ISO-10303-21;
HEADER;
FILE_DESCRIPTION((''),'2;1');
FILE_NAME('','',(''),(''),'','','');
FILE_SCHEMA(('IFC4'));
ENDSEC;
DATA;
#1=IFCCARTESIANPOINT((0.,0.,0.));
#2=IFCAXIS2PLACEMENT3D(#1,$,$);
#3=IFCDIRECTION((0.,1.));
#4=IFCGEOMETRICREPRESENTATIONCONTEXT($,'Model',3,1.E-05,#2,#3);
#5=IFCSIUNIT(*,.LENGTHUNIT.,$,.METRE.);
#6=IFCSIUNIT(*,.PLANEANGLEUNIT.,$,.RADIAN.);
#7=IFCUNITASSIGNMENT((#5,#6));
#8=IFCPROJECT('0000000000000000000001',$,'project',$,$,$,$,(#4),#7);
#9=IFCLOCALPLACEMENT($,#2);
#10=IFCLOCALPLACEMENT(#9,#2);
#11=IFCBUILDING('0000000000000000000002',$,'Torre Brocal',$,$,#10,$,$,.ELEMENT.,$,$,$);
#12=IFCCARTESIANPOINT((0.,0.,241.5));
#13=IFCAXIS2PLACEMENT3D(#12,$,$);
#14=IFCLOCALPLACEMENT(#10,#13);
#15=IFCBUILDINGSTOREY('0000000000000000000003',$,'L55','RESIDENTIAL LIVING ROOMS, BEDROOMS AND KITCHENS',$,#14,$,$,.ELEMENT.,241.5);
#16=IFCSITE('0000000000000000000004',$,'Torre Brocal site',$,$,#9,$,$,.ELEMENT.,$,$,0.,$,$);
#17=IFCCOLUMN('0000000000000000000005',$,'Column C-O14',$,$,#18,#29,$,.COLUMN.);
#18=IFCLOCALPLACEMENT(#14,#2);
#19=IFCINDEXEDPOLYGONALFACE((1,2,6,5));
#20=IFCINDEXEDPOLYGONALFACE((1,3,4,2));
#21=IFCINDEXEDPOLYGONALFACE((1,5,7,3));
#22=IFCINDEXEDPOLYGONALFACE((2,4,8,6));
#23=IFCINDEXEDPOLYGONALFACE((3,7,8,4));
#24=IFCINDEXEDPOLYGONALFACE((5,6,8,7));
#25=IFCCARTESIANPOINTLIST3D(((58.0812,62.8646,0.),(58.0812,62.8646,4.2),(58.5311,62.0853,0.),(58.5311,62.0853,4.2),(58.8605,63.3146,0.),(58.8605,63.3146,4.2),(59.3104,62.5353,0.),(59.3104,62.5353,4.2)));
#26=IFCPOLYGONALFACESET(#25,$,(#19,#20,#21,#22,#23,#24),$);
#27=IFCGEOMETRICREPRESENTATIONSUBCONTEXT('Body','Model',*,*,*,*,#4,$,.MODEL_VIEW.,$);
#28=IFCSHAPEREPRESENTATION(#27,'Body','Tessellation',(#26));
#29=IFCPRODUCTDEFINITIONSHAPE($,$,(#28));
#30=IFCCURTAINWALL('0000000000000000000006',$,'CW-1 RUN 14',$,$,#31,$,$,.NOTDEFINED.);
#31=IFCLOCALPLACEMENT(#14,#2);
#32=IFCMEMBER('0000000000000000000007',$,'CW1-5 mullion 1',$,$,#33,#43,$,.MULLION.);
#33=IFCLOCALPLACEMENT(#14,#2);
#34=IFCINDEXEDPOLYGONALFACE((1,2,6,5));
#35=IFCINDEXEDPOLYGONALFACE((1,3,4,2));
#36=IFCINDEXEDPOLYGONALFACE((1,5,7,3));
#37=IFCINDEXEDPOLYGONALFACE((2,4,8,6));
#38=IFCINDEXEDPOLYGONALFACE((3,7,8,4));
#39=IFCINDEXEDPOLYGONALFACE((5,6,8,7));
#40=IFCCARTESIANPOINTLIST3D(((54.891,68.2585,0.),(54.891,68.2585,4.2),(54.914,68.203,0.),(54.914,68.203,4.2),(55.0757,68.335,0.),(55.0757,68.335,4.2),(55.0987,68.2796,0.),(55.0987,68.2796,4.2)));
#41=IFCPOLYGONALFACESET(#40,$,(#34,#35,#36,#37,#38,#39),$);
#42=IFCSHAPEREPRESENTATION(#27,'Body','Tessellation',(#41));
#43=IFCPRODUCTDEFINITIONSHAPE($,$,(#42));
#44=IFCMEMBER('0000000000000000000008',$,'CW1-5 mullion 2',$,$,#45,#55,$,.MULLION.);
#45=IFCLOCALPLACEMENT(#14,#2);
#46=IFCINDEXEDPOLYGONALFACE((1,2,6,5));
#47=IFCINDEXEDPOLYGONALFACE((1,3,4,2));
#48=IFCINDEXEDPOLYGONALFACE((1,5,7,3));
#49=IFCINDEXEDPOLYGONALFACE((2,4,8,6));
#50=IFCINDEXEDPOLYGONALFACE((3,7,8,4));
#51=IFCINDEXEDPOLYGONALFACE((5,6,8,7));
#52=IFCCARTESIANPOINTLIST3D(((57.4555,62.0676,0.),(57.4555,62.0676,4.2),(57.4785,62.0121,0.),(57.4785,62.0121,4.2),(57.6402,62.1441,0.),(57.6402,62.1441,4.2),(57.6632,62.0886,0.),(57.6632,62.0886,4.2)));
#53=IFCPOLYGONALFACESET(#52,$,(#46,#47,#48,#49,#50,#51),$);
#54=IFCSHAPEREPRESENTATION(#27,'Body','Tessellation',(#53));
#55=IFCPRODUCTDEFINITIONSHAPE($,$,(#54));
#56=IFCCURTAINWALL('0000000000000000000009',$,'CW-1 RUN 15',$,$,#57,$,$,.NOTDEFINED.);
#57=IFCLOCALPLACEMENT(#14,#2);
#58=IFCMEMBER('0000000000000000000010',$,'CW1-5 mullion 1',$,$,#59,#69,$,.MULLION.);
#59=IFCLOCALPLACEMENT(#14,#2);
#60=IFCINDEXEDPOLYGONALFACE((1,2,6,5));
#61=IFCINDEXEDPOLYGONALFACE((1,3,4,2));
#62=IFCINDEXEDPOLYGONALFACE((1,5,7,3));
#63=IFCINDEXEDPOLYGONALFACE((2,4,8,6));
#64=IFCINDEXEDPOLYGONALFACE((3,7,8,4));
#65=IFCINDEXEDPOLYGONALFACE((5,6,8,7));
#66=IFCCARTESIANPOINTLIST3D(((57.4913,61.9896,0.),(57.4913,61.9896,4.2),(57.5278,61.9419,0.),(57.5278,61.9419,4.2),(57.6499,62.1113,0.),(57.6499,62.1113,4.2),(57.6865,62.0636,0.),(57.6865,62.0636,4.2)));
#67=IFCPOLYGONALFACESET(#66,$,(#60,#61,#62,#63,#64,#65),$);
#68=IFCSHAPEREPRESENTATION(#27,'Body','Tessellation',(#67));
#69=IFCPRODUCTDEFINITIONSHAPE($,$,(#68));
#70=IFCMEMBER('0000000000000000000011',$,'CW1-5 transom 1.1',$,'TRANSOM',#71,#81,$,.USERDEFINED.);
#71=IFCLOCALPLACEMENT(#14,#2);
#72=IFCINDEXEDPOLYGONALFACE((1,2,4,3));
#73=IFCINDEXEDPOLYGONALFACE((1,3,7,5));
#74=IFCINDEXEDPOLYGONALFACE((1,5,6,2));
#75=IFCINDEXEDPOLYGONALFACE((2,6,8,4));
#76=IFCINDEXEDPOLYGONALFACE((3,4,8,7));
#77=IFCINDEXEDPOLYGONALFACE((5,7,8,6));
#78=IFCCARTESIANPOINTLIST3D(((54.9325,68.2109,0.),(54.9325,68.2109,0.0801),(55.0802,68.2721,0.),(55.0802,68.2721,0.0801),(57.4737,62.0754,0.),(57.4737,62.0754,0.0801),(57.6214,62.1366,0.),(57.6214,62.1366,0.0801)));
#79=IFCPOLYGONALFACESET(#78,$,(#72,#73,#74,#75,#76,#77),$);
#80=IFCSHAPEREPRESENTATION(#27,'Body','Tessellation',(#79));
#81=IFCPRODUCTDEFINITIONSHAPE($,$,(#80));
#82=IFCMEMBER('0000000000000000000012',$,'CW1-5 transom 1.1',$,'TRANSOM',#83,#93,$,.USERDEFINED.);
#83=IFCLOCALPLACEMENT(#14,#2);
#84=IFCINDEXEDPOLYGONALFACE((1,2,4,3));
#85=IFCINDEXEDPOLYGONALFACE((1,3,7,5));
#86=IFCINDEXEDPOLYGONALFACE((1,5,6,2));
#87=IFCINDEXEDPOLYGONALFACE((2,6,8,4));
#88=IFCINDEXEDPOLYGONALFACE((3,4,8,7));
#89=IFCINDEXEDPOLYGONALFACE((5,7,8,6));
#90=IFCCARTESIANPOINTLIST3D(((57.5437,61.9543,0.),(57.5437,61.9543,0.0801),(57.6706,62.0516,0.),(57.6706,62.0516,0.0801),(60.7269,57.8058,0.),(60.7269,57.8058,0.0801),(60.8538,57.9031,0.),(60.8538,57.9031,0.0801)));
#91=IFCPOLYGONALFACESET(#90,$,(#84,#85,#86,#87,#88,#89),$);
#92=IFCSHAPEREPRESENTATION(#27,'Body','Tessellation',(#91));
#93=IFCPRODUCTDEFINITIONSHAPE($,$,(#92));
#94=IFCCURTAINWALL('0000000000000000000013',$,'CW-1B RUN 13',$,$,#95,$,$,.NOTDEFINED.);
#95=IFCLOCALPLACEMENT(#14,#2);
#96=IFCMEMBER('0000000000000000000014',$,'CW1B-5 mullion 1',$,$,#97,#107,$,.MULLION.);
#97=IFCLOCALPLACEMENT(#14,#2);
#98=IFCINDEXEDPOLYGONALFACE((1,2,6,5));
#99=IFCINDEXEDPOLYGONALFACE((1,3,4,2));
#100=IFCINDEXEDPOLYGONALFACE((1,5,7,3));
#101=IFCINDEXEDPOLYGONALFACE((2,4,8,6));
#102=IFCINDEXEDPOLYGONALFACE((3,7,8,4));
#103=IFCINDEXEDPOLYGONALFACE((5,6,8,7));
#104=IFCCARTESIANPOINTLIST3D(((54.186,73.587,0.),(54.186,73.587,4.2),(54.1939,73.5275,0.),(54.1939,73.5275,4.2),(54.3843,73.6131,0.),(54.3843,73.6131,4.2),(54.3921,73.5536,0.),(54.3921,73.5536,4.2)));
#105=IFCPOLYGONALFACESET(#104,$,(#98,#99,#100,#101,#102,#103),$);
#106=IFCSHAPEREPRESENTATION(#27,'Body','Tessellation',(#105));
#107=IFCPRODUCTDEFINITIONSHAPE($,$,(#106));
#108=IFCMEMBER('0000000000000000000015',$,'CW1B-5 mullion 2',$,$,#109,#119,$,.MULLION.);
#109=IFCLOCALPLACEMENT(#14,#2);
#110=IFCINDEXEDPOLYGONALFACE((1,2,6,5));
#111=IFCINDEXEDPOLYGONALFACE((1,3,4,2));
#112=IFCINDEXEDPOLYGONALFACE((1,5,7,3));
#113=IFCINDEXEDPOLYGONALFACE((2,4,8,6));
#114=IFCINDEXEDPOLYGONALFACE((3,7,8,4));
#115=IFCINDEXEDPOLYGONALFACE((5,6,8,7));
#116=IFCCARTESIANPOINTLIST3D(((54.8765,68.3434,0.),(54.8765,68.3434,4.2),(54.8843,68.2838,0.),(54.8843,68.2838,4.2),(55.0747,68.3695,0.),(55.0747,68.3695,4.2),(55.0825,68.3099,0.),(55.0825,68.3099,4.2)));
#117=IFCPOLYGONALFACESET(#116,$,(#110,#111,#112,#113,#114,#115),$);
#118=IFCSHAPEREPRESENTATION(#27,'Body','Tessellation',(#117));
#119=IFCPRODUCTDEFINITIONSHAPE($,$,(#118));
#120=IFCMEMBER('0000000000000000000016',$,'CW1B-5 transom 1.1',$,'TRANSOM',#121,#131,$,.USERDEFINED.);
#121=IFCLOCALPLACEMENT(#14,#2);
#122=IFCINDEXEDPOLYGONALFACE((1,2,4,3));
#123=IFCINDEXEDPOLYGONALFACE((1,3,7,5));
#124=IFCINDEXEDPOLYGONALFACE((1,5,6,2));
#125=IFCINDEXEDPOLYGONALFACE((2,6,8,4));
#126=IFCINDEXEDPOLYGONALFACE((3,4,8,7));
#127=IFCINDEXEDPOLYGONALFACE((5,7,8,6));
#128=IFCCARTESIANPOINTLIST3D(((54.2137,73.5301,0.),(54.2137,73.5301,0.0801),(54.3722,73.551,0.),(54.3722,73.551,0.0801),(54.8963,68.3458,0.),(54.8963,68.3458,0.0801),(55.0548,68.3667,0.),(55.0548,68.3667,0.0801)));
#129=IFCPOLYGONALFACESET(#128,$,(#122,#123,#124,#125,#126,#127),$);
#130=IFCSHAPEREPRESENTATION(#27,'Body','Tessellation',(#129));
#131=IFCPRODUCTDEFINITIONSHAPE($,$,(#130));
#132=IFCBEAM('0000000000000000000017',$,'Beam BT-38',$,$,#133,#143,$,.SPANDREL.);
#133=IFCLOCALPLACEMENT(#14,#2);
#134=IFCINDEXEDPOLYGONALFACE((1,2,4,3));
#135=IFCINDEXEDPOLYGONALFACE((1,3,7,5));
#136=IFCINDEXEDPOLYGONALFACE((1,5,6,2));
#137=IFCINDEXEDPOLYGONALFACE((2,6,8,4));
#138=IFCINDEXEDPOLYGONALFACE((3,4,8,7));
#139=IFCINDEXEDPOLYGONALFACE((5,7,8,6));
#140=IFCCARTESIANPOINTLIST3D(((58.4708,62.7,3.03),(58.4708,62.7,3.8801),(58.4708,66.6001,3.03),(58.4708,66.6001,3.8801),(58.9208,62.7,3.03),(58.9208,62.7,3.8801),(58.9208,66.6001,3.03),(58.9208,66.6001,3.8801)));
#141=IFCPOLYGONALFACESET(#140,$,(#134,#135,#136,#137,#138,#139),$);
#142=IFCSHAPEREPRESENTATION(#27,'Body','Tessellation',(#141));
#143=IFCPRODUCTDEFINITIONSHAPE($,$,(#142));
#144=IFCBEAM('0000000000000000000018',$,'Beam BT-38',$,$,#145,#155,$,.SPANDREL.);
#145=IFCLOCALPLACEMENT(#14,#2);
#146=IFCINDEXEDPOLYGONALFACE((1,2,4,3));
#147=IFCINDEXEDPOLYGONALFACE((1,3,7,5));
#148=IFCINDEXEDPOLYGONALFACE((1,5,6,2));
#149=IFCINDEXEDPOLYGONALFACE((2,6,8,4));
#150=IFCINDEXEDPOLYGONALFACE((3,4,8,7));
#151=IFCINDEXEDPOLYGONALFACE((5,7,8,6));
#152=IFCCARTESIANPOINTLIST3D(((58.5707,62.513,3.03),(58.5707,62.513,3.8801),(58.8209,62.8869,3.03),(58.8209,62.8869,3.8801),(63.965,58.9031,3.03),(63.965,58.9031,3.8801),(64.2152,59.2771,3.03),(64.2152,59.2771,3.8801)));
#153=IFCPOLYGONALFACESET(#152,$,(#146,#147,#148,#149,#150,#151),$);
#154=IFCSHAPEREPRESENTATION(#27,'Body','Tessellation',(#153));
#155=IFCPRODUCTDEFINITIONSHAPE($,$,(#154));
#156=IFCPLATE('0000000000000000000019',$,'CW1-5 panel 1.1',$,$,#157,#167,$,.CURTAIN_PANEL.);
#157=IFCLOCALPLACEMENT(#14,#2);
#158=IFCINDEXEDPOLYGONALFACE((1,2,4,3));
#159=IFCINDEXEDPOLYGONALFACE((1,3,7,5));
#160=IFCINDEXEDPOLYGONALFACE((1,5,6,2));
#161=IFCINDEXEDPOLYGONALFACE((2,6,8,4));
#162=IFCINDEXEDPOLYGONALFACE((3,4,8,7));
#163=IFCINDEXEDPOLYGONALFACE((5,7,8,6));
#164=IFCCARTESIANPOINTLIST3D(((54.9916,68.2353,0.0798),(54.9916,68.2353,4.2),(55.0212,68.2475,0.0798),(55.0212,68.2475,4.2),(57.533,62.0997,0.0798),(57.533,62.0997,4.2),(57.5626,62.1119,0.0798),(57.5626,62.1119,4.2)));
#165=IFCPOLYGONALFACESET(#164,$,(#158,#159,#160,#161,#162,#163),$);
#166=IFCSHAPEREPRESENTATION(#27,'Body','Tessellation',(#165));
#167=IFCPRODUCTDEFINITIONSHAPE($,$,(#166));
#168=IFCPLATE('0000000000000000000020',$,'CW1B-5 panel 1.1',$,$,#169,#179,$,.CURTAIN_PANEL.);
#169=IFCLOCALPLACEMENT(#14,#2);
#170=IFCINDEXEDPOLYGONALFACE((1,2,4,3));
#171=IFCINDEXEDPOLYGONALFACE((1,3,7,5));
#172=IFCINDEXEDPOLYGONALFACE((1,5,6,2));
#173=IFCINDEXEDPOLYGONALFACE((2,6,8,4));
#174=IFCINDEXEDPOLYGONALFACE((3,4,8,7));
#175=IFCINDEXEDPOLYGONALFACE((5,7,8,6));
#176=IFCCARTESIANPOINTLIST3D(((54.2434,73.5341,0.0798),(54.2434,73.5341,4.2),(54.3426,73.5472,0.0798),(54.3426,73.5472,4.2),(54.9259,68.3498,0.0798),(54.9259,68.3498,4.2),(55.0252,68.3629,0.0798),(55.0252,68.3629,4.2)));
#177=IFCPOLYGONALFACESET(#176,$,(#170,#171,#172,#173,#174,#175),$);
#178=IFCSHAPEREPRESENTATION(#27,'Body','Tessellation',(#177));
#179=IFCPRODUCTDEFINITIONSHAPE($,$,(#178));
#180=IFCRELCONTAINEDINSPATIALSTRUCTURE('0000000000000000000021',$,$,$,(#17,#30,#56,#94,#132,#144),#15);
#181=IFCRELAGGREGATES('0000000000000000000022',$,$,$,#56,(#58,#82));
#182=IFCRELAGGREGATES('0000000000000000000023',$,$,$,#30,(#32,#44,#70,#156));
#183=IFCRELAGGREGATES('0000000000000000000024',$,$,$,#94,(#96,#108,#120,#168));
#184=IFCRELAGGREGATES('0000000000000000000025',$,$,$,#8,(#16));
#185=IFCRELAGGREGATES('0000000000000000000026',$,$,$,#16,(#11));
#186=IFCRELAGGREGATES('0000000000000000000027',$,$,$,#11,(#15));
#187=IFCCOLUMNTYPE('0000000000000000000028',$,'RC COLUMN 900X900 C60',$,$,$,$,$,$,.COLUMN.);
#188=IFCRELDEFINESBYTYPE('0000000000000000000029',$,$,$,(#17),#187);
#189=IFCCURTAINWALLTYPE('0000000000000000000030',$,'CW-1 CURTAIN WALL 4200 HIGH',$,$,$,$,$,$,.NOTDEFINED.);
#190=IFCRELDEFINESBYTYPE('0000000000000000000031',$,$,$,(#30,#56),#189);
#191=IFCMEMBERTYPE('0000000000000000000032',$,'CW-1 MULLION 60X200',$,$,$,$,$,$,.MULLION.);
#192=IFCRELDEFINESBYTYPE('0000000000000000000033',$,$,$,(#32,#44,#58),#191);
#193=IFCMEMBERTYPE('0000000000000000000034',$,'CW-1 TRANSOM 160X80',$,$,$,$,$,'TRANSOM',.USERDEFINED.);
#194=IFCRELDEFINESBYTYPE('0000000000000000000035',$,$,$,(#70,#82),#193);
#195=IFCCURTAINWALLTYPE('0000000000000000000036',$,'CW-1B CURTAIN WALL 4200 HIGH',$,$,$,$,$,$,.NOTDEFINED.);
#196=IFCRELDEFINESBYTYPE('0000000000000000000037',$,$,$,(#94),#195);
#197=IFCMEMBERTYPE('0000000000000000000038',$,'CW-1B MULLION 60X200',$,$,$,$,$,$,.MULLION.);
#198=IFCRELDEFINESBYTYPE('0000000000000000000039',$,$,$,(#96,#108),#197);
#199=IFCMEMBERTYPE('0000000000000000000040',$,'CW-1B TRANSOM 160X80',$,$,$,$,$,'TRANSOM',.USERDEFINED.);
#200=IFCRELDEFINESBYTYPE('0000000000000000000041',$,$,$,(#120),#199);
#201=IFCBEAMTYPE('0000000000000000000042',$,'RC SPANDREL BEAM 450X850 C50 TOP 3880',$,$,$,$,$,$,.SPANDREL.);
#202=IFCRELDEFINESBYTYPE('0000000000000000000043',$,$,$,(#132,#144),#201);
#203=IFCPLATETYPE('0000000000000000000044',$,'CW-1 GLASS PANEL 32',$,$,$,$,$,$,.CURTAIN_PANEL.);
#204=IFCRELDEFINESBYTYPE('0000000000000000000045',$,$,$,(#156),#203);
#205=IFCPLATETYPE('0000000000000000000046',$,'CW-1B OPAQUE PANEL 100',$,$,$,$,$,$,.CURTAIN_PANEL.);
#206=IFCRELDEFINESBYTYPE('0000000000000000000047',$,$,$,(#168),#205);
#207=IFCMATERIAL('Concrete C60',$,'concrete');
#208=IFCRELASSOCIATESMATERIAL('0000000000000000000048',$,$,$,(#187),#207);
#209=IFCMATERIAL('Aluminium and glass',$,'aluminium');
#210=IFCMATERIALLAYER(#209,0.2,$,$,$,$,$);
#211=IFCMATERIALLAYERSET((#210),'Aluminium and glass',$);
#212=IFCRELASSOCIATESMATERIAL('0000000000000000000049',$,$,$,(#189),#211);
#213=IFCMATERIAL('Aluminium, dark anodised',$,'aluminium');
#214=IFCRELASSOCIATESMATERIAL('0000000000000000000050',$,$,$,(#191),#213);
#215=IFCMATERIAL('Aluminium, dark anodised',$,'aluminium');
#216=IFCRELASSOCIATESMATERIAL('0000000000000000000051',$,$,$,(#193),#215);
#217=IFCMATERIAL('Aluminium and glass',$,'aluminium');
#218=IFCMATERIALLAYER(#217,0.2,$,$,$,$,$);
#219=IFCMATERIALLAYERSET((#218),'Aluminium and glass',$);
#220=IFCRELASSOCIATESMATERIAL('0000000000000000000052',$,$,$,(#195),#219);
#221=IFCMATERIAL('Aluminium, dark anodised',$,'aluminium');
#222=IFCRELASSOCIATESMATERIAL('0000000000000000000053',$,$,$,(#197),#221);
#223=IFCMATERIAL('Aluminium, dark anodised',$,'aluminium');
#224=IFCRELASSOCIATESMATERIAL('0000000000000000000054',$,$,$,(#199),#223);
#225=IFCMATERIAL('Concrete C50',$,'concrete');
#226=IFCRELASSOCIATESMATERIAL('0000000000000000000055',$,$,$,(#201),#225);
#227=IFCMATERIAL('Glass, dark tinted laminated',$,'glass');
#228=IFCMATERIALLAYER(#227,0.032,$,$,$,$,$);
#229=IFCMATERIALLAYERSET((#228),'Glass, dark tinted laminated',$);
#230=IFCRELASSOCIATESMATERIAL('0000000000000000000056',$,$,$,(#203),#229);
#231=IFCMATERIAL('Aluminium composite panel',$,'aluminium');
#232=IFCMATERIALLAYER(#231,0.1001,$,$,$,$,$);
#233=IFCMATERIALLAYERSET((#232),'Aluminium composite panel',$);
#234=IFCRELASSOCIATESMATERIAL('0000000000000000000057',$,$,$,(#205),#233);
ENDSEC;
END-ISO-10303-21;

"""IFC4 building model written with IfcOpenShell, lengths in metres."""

from ifc_helpers import new_model, si_unit, direction, frame, origin, origin_2d, place, context, subcontext, project, spatial, rectangle, extrude, material, layer, layer_set, material_profile, profile_set, type_object, element, aggregate, save


model = new_model("IFC4")

# Units and contexts
model_context = context("Model", 3, precision=1e-05, world=origin(), true_north=direction((0.0, 1.0)))
body_context = subcontext(model_context, "Body", "Model", "MODEL_VIEW")
ifc_project = project(units=[si_unit("LENGTHUNIT", "METRE"), si_unit("PLANEANGLEUNIT", "RADIAN")], contexts=[model_context])

# Site, building, storey
site_placement = place(None, origin())
site = spatial("IfcSite", under=ifc_project, at=site_placement, Name="Torre Brocal site", CompositionType="ELEMENT", RefElevation=0.0)
building_placement = place(site_placement, origin())
building = spatial("IfcBuilding", under=site, at=building_placement, Name="Torre Brocal", CompositionType="ELEMENT")
storey_placement = place(building_placement, frame((0.0, 0.0, 241.5)))
storey = spatial("IfcBuildingStorey", under=building, at=storey_placement, Name="L55", Description="RESIDENTIAL LIVING ROOMS, BEDROOMS AND KITCHENS", CompositionType="ELEMENT", Elevation=241.5)

# Column
ifc_material_1 = material(Name="Concrete C60", Category="concrete")
ifc_material_profile_1 = material_profile(ifc_material_1, rectangle(XDim=0.8999, YDim=0.8999, at=origin_2d()), Name="RC 900X900")
ifc_profile_set_1 = profile_set([ifc_material_profile_1], Name="Concrete C60")
column_type = type_object("IfcColumnType", Name="RC COLUMN 900X900 C60", PredefinedType="COLUMN", material=ifc_profile_set_1)
column_placement = place(storey_placement, frame((58.6958, 62.7, 0.0), z_axis=(0.0, 0.0, 1.0), x_axis=(-0.866025, -0.5, 0.0)))
element("IfcColumn", 1, at=column_placement, inside=storey, type_object=column_type, Name="Column C-O14", PredefinedType="COLUMN", context=body_context, shape_type="SweptSolid", body=[
    extrude(rectangle(XDim=0.8999, YDim=0.8999, at=origin_2d()), origin(), (0.0, 0.0, 1.0), 4.2),
])

# Curtain wall, members
ifc_material_2 = material(Name="Aluminium and glass", Category="aluminium")
ifc_layer_1 = layer(ifc_material_2, 0.2)
ifc_layer_set_1 = layer_set([ifc_layer_1], Name="Aluminium and glass")
curtain_wall_type_1 = type_object("IfcCurtainWallType", Name="CW-1 CURTAIN WALL 4200 HIGH", PredefinedType="NOTDEFINED", material=ifc_layer_set_1)
curtain_wall_1_placement = place(storey_placement, origin())
curtain_wall_1 = element("IfcCurtainWall", 2, at=curtain_wall_1_placement, inside=storey, type_object=curtain_wall_type_1, Name="CW-1 RUN 14", PredefinedType="NOTDEFINED")
ifc_material_3 = material(Name="Aluminium, dark anodised", Category="aluminium")
ifc_material_profile_2 = material_profile(ifc_material_3, rectangle(XDim=0.2, YDim=0.0601, at=origin_2d()), Name="CW-1 MULLION 60X200")
ifc_profile_set_2 = profile_set([ifc_material_profile_2], Name="Aluminium, dark anodised")
member_type_1 = type_object("IfcMemberType", Name="CW-1 MULLION 60X200", PredefinedType="MULLION", material=ifc_profile_set_2)
member_1_placement = place(storey_placement, frame((54.9949, 68.269, 0.0), z_axis=(0.0, 0.0, 1.0), x_axis=(0.92388, 0.382683, 0.0)))
member_1 = element("IfcMember", 3, at=member_1_placement, type_object=member_type_1, Name="CW1-5 mullion 1", PredefinedType="MULLION", context=body_context, shape_type="SweptSolid", body=[
    extrude(rectangle(XDim=0.2, YDim=0.0601, at=origin_2d()), origin(), (0.0, 0.0, 1.0), 4.2),
])
member_2_placement = place(storey_placement, frame((57.5593, 62.0781, 0.0), z_axis=(0.0, 0.0, 1.0), x_axis=(0.92388, 0.382683, 0.0)))
member_2 = element("IfcMember", 4, at=member_2_placement, type_object=member_type_1, Name="CW1-5 mullion 2", PredefinedType="MULLION", context=body_context, shape_type="SweptSolid", body=[
    extrude(rectangle(XDim=0.2, YDim=0.0601, at=origin_2d()), origin(), (0.0, 0.0, 1.0), 4.2),
])

# Curtain wall, member
curtain_wall_2_placement = place(storey_placement, origin())
curtain_wall_2 = element("IfcCurtainWall", 5, at=curtain_wall_2_placement, inside=storey, type_object=curtain_wall_type_1, Name="CW-1 RUN 15", PredefinedType="NOTDEFINED")
member_3_placement = place(storey_placement, frame((57.5889, 62.0266, 0.0), z_axis=(0.0, 0.0, 1.0), x_axis=(0.793353, 0.608761, 0.0)))
member_3 = element("IfcMember", 6, at=member_3_placement, type_object=member_type_1, Name="CW1-5 mullion 1", PredefinedType="MULLION", context=body_context, shape_type="SweptSolid", body=[
    extrude(rectangle(XDim=0.2, YDim=0.0601, at=origin_2d()), origin(), (0.0, 0.0, 1.0), 4.2),
])

# Members
ifc_material_4 = material(Name="Aluminium, dark anodised", Category="aluminium")
ifc_material_profile_3 = material_profile(ifc_material_4, rectangle(XDim=0.1599, YDim=0.0801, at=origin_2d()), Name="CW-1 TRANSOM 160X80")
ifc_profile_set_3 = profile_set([ifc_material_profile_3], Name="Aluminium, dark anodised")
member_type_2 = type_object("IfcMemberType", Name="CW-1 TRANSOM 160X80", ElementType="TRANSOM", PredefinedType="USERDEFINED", material=ifc_profile_set_3)
member_4_placement = place(storey_placement, frame((55.0063, 68.2415, 0.04), z_axis=(0.382665, -0.923887, 0.0), x_axis=(0.923887, 0.382665, 0.0)))
member_4 = element("IfcMember", 7, at=member_4_placement, type_object=member_type_2, Name="CW1-5 transom 1.1", ObjectType="TRANSOM", PredefinedType="USERDEFINED", context=body_context, shape_type="SweptSolid", body=[
    extrude(rectangle(XDim=0.1599, YDim=0.0801, at=origin_2d()), origin(), (0.0, 0.0, 1.0), 6.6409),
])
member_5_placement = place(storey_placement, frame((57.6072, 62.0029, 0.04), z_axis=(0.608749, -0.793363, 0.0), x_axis=(0.793363, 0.608749, 0.0)))
member_5 = element("IfcMember", 8, at=member_5_placement, type_object=member_type_2, Name="CW1-5 transom 1.1", ObjectType="TRANSOM", PredefinedType="USERDEFINED", context=body_context, shape_type="SweptSolid", body=[
    extrude(rectangle(XDim=0.1599, YDim=0.0801, at=origin_2d()), origin(), (0.0, 0.0, 1.0), 5.229),
])
aggregate(curtain_wall_2, [member_3, member_5])

# Curtain wall, members
ifc_material_5 = material(Name="Aluminium and glass", Category="aluminium")
ifc_layer_2 = layer(ifc_material_5, 0.2)
ifc_layer_set_2 = layer_set([ifc_layer_2], Name="Aluminium and glass")
curtain_wall_type_2 = type_object("IfcCurtainWallType", Name="CW-1B CURTAIN WALL 4200 HIGH", PredefinedType="NOTDEFINED", material=ifc_layer_set_2)
curtain_wall_3_placement = place(storey_placement, origin())
curtain_wall_3 = element("IfcCurtainWall", 9, at=curtain_wall_3_placement, inside=storey, type_object=curtain_wall_type_2, Name="CW-1B RUN 13", PredefinedType="NOTDEFINED")
ifc_material_6 = material(Name="Aluminium, dark anodised", Category="aluminium")
ifc_material_profile_4 = material_profile(ifc_material_6, rectangle(XDim=0.2, YDim=0.0601, at=origin_2d()), Name="CW-1B MULLION 60X200")
ifc_profile_set_4 = profile_set([ifc_material_profile_4], Name="Aluminium, dark anodised")
member_type_3 = type_object("IfcMemberType", Name="CW-1B MULLION 60X200", PredefinedType="MULLION", material=ifc_profile_set_4)
member_6_placement = place(storey_placement, frame((54.2891, 73.5703, 0.0), z_axis=(0.0, 0.0, 1.0), x_axis=(0.991445, 0.130526, 0.0)))
member_6 = element("IfcMember", 10, at=member_6_placement, type_object=member_type_3, Name="CW1B-5 mullion 1", PredefinedType="MULLION", context=body_context, shape_type="SweptSolid", body=[
    extrude(rectangle(XDim=0.2, YDim=0.0601, at=origin_2d()), origin(), (0.0, 0.0, 1.0), 4.2),
])
member_7_placement = place(storey_placement, frame((54.9795, 68.3267, 0.0), z_axis=(0.0, 0.0, 1.0), x_axis=(0.991445, 0.130526, 0.0)))
member_7 = element("IfcMember", 11, at=member_7_placement, type_object=member_type_3, Name="CW1B-5 mullion 2", PredefinedType="MULLION", context=body_context, shape_type="SweptSolid", body=[
    extrude(rectangle(XDim=0.2, YDim=0.0601, at=origin_2d()), origin(), (0.0, 0.0, 1.0), 4.2),
])
ifc_material_7 = material(Name="Aluminium, dark anodised", Category="aluminium")
ifc_material_profile_5 = material_profile(ifc_material_7, rectangle(XDim=0.1599, YDim=0.0801, at=origin_2d()), Name="CW-1B TRANSOM 160X80")
ifc_profile_set_5 = profile_set([ifc_material_profile_5], Name="Aluminium, dark anodised")
member_type_4 = type_object("IfcMemberType", Name="CW-1B TRANSOM 160X80", ElementType="TRANSOM", PredefinedType="USERDEFINED", material=ifc_profile_set_5)
member_8_placement = place(storey_placement, frame((54.293, 73.5405, 0.04), z_axis=(0.130543, -0.991443, 0.0), x_axis=(0.991443, 0.130543, 0.0)))
member_8 = element("IfcMember", 12, at=member_8_placement, type_object=member_type_4, Name="CW1B-5 transom 1.1", ObjectType="TRANSOM", PredefinedType="USERDEFINED", context=body_context, shape_type="SweptSolid", body=[
    extrude(rectangle(XDim=0.1599, YDim=0.0801, at=origin_2d()), origin(), (0.0, 0.0, 1.0), 5.229),
])

# Beams
ifc_material_8 = material(Name="Concrete C50", Category="concrete")
ifc_material_profile_6 = material_profile(ifc_material_8, rectangle(XDim=0.45, YDim=0.8501, at=origin_2d()), Name="RC 450X850")
ifc_profile_set_6 = profile_set([ifc_material_profile_6], Name="Concrete C50")
beam_type = type_object("IfcBeamType", Name="RC SPANDREL BEAM 450X850 C50 TOP 3880", PredefinedType="SPANDREL", material=ifc_profile_set_6)
beam_1_placement = place(storey_placement, frame((58.6958, 62.7, 3.4551), z_axis=(0.0, 1.0, 0.0), x_axis=(-1.0, 0.0, 0.0)))
element("IfcBeam", 13, at=beam_1_placement, inside=storey, type_object=beam_type, Name="Beam BT-38", PredefinedType="SPANDREL", context=body_context, shape_type="SweptSolid", body=[
    extrude(rectangle(XDim=0.45, YDim=0.8501, at=origin_2d()), origin(), (0.0, 0.0, 1.0), 3.9001),
])
beam_2_placement = place(storey_placement, frame((58.6958, 62.7, 3.4551), z_axis=(0.831077, -0.556158, 0.0), x_axis=(0.556158, 0.831077, 0.0)))
element("IfcBeam", 14, at=beam_2_placement, inside=storey, type_object=beam_type, Name="Beam BT-38", PredefinedType="SPANDREL", context=body_context, shape_type="SweptSolid", body=[
    extrude(rectangle(XDim=0.45, YDim=0.8501, at=origin_2d()), origin(), (0.0, 0.0, 1.0), 6.4907),
])

# Plates
ifc_material_9 = material(Name="Glass, dark tinted laminated", Category="glass")
ifc_layer_3 = layer(ifc_material_9, 0.032)
ifc_layer_set_3 = layer_set([ifc_layer_3], Name="Glass, dark tinted laminated")
plate_type_1 = type_object("IfcPlateType", Name="CW-1 GLASS PANEL 32", PredefinedType="CURTAIN_PANEL", material=ifc_layer_set_3)
plate_1_placement = place(storey_placement, frame((56.2771, 65.1736, 0.0798), z_axis=(0.0, 0.0, 1.0), x_axis=(0.382683, -0.92388, 0.0)))
plate_1 = element("IfcPlate", 15, at=plate_1_placement, type_object=plate_type_1, Name="CW1-5 panel 1.1", PredefinedType="CURTAIN_PANEL", context=body_context, shape_type="SweptSolid", body=[
    extrude(rectangle(XDim=6.6411, YDim=0.032, at=origin_2d()), origin(), (0.0, 0.0, 1.0), 4.1201),
])
aggregate(curtain_wall_1, [member_1, member_2, member_4, plate_1])
ifc_material_10 = material(Name="Aluminium composite panel", Category="aluminium")
ifc_layer_4 = layer(ifc_material_10, 0.1001)
ifc_layer_set_4 = layer_set([ifc_layer_4], Name="Aluminium composite panel")
plate_type_2 = type_object("IfcPlateType", Name="CW-1B OPAQUE PANEL 100", PredefinedType="CURTAIN_PANEL", material=ifc_layer_set_4)
plate_2_placement = place(storey_placement, frame((54.6343, 70.9485, 0.0798), z_axis=(0.0, 0.0, 1.0), x_axis=(0.130526, -0.991445, 0.0)))
plate_2 = element("IfcPlate", 16, at=plate_2_placement, type_object=plate_type_2, Name="CW1B-5 panel 1.1", PredefinedType="CURTAIN_PANEL", context=body_context, shape_type="SweptSolid", body=[
    extrude(rectangle(XDim=5.229, YDim=0.1001, at=origin_2d()), origin(), (0.0, 0.0, 1.0), 4.1201),
])
aggregate(curtain_wall_3, [member_6, member_7, member_8, plate_2])

save(model, "model.ifc")
